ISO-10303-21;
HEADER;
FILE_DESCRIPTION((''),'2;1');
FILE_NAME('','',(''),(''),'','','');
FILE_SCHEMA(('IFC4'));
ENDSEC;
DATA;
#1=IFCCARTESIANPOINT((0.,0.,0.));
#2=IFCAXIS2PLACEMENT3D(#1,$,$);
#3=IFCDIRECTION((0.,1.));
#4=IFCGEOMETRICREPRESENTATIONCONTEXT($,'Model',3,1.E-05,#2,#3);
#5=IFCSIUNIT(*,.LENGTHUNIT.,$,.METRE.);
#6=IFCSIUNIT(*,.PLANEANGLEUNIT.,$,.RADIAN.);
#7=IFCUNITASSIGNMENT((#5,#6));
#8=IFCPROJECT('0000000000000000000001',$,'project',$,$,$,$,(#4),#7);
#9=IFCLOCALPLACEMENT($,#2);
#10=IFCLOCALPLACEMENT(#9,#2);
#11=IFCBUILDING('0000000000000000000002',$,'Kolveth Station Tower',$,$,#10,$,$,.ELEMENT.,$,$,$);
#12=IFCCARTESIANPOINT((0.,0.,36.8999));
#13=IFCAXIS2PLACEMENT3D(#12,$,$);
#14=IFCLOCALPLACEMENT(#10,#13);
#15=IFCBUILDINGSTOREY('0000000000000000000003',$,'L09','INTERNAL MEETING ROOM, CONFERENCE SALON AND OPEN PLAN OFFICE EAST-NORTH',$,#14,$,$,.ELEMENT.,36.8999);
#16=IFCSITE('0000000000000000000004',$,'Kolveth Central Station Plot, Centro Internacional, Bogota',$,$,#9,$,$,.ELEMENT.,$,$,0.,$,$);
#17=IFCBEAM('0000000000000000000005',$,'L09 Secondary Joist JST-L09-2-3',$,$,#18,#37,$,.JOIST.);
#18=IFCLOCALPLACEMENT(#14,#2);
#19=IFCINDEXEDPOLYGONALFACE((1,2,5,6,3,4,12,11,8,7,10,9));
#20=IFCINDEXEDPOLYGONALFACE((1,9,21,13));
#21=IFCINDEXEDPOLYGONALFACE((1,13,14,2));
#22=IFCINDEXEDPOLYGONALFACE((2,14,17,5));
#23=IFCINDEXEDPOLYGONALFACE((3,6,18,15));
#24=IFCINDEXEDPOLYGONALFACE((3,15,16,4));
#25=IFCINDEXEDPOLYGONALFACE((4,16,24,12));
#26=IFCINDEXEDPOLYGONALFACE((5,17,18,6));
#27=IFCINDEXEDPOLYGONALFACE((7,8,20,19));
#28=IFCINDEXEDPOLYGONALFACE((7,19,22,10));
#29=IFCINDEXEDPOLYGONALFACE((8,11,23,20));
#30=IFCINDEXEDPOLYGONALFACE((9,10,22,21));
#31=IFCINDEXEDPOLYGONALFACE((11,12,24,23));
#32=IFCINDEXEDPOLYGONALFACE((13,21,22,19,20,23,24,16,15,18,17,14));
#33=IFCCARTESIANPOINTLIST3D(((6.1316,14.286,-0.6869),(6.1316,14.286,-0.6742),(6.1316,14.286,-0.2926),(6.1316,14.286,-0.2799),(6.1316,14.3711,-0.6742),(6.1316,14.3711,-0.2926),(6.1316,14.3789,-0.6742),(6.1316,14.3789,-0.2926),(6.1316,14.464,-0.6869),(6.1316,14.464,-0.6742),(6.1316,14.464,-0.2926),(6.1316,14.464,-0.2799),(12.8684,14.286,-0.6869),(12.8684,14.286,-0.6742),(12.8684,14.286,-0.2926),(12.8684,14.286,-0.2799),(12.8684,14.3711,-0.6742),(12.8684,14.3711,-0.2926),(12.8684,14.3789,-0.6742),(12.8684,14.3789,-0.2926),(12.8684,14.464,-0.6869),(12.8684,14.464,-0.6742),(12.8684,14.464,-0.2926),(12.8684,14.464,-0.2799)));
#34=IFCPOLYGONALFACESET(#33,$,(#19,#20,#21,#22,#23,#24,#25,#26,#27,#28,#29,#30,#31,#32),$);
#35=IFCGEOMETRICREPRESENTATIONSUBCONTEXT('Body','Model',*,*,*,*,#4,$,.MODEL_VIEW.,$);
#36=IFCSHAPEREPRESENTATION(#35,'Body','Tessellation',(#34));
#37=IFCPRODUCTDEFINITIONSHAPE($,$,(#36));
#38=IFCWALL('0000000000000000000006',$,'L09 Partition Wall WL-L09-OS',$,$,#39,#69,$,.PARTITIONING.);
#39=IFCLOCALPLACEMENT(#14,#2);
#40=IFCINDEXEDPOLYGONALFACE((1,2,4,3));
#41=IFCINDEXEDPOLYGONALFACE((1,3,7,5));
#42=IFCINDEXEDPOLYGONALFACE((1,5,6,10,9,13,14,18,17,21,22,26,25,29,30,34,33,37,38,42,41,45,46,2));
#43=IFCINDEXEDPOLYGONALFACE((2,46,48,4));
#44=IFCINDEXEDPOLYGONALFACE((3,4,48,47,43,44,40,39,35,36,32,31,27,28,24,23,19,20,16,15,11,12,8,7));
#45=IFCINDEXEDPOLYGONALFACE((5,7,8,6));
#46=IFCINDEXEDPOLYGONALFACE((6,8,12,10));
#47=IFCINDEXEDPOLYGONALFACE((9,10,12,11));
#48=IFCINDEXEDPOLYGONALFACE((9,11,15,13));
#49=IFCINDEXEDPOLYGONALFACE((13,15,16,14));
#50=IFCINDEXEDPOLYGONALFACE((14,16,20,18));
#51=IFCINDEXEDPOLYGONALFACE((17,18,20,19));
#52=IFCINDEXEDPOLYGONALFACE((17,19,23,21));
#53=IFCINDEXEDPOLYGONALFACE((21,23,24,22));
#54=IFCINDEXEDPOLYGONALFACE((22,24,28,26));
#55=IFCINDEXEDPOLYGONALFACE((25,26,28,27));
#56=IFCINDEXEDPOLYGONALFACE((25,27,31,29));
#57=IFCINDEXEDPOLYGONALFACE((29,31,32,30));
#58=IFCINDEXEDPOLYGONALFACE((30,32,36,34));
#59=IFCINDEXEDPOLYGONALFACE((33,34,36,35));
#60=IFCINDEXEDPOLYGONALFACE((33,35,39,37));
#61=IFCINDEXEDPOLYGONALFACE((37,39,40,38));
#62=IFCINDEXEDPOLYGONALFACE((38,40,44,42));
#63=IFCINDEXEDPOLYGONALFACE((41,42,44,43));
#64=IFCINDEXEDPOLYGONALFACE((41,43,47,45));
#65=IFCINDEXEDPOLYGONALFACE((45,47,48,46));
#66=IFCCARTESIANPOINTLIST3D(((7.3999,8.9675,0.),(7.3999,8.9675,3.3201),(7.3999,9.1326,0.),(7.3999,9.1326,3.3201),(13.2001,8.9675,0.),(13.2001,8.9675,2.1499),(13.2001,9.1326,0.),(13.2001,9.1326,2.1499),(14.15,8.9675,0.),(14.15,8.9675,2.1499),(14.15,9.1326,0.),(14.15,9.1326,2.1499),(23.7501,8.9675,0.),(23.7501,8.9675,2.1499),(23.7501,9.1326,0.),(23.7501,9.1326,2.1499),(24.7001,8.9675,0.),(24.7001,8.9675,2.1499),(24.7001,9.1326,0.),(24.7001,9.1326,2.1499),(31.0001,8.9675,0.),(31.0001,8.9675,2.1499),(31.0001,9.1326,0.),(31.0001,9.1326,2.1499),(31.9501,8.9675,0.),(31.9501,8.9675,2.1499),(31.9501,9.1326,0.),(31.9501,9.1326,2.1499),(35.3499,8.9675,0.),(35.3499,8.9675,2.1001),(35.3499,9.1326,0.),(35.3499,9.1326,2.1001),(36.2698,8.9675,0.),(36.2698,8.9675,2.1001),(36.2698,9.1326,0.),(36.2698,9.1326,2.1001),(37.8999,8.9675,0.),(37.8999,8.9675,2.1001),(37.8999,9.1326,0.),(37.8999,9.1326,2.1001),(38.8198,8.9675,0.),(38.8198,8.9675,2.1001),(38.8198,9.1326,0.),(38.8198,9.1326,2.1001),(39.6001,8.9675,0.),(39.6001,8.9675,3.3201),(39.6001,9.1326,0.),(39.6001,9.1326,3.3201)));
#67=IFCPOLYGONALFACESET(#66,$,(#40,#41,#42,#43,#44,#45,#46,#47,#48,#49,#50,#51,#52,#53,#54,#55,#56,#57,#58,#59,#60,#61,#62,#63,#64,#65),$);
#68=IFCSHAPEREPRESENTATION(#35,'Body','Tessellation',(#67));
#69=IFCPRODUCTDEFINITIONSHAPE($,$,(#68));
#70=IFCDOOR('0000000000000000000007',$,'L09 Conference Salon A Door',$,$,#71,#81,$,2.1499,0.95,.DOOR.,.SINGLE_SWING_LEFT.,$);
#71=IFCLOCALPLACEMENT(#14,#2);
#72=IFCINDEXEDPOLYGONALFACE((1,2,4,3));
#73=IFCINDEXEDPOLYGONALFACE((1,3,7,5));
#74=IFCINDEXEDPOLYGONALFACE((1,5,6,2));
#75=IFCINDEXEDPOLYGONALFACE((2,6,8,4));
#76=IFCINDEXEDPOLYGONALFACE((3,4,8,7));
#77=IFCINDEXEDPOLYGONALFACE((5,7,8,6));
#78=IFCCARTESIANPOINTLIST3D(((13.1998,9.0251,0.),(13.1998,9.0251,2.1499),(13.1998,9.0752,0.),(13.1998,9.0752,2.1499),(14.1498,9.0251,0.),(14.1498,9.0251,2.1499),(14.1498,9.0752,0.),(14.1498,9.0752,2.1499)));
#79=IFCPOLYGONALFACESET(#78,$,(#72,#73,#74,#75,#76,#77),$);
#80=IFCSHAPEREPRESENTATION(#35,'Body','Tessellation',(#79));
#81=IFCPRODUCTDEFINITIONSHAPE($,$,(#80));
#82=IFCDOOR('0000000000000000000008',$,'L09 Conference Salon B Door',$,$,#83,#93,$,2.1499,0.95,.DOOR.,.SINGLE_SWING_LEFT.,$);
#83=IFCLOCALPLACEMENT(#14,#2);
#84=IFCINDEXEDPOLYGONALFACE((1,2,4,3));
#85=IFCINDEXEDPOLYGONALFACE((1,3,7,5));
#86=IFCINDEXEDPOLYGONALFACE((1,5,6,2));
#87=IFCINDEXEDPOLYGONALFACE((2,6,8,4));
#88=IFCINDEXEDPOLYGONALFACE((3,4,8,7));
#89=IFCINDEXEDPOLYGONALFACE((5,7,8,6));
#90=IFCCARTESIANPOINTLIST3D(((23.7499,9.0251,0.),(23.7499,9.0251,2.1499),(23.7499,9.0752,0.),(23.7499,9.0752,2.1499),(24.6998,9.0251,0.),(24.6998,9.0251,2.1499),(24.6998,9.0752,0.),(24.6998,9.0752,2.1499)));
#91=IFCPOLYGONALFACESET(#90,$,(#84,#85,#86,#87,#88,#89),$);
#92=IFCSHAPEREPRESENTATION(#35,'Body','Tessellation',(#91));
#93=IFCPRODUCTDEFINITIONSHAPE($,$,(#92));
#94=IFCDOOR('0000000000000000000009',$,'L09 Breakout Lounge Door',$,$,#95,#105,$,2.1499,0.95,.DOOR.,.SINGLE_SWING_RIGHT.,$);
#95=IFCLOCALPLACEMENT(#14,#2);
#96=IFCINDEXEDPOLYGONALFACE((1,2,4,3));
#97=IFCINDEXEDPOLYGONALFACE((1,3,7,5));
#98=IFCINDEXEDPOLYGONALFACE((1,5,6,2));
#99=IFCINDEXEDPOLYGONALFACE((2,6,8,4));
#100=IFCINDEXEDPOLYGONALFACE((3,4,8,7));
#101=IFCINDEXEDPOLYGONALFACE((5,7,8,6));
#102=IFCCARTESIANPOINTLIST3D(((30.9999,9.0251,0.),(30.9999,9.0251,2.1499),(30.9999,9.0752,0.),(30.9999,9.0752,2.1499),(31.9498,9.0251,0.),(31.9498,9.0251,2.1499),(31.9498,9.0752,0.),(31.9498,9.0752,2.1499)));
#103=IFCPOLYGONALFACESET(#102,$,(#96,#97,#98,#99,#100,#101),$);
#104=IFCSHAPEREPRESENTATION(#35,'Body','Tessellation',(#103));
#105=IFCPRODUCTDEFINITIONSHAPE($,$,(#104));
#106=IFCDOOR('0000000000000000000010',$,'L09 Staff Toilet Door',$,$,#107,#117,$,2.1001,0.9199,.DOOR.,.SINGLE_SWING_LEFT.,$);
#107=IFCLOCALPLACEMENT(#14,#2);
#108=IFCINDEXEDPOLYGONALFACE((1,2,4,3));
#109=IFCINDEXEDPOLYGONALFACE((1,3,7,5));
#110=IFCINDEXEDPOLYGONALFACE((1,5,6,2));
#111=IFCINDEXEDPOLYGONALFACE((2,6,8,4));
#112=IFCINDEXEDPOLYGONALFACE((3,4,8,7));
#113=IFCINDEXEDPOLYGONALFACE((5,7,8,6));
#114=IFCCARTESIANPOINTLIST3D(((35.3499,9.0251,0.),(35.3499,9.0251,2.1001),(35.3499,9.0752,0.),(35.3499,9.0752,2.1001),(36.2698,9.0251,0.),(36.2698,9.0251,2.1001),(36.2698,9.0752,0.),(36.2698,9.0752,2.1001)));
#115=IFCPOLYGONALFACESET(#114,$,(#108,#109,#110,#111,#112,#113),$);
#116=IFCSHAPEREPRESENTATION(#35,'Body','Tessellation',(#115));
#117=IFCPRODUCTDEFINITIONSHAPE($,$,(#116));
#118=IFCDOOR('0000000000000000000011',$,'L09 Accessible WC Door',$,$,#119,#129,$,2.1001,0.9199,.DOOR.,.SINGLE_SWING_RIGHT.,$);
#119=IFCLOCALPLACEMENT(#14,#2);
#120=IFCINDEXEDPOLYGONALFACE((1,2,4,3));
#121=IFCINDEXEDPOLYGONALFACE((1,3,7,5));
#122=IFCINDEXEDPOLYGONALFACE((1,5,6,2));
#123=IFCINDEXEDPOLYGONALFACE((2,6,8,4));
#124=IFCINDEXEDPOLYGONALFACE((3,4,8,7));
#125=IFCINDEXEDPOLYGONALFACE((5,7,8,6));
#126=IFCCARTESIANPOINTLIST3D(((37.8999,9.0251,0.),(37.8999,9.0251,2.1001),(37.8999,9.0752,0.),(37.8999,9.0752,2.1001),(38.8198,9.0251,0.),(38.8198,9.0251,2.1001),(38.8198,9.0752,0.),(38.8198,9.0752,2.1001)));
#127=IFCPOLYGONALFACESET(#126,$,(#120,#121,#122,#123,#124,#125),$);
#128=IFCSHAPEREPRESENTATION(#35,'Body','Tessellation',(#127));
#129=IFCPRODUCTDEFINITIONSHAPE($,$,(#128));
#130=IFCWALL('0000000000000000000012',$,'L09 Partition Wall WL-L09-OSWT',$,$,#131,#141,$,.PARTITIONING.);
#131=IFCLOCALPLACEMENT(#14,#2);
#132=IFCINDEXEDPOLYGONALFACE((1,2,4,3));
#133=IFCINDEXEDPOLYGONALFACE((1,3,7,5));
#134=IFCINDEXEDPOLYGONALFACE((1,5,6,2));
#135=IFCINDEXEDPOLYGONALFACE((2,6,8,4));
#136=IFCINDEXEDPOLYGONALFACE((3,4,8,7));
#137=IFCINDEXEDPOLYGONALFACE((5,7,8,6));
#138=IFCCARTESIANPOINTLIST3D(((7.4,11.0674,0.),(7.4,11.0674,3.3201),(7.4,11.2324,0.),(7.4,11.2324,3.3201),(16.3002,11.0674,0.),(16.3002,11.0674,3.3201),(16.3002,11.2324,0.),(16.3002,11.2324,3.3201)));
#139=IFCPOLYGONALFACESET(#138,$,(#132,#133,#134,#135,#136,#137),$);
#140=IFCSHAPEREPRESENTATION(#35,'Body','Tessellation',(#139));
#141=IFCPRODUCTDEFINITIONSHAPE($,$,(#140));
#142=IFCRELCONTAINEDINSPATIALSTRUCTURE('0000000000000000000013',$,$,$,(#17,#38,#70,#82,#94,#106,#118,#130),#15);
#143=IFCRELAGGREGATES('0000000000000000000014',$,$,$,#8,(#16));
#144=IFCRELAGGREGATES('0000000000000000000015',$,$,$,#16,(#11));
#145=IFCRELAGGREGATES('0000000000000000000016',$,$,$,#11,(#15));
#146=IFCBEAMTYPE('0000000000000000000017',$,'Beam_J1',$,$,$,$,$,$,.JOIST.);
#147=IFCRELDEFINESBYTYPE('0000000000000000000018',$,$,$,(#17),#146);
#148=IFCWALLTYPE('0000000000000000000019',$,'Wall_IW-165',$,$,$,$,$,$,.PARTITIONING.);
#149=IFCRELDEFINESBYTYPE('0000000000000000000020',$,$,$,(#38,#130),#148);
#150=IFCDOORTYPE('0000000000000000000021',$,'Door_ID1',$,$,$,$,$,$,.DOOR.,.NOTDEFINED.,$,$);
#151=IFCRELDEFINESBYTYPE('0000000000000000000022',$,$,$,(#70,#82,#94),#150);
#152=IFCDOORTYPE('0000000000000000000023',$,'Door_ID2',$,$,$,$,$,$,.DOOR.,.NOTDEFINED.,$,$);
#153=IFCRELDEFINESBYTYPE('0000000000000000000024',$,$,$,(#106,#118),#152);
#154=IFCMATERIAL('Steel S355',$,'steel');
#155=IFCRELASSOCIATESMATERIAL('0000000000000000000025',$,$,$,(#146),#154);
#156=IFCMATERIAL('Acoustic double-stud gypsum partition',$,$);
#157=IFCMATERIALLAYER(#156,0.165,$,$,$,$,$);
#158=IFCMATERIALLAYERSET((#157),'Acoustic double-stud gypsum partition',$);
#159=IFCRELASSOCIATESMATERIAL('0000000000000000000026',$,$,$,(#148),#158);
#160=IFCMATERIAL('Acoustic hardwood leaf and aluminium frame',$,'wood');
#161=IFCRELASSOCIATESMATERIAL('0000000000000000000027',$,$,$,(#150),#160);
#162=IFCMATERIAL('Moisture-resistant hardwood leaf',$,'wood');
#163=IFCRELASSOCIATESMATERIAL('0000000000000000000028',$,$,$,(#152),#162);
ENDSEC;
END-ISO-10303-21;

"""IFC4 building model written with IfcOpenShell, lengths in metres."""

from ifc_helpers import new_model, si_unit, direction, frame, frame_2d, origin, origin_2d, place, context, subcontext, project, spatial, rectangle, i_section, extrude, source, transform, mapped, material, layer, layer_set, material_profile, profile_set, type_object, element, fill, save


model = new_model("IFC4")

# Units and contexts
model_context = context("Model", 3, precision=1e-05, world=origin(), true_north=direction((0.0, 1.0)))
body_context = subcontext(model_context, "Body", "Model", "MODEL_VIEW")
ifc_project = project(units=[si_unit("LENGTHUNIT", "METRE"), si_unit("PLANEANGLEUNIT", "RADIAN")], contexts=[model_context])

# Site, building, storey
site_placement = place(None, origin())
site = spatial("IfcSite", under=ifc_project, at=site_placement, Name="Kolveth Central Station Plot, Centro Internacional, Bogota", CompositionType="ELEMENT", RefElevation=0.0)
building_placement = place(site_placement, origin())
building = spatial("IfcBuilding", under=site, at=building_placement, Name="Kolveth Station Tower", CompositionType="ELEMENT")
storey_placement = place(building_placement, frame((0.0, 0.0, 36.8999)))
storey = spatial("IfcBuildingStorey", under=building, at=storey_placement, Name="L09", Description="INTERNAL MEETING ROOM, CONFERENCE SALON AND OPEN PLAN OFFICE EAST-NORTH", CompositionType="ELEMENT", Elevation=36.8999)

# Beam
ifc_material_1 = material(Name="Steel S355", Category="steel")
ifc_material_profile_1 = material_profile(ifc_material_1, i_section(OverallWidth=0.178, OverallDepth=0.407, WebThickness=0.0078, FlangeThickness=0.0127, at=origin_2d()), Name="W410x60")
ifc_profile_set_1 = profile_set([ifc_material_profile_1], Name="Steel S355")
beam_type_1 = type_object("IfcBeamType", Name="Beam_J1", PredefinedType="JOIST", material=ifc_profile_set_1)
shared_shape_1 = source(origin(), body_context, "Body", "SweptSolid", [
    extrude(i_section(OverallWidth=0.178, OverallDepth=0.407, WebThickness=0.0078, FlangeThickness=0.0127, at=origin_2d()), origin(), (0.0, 0.0, 1.0), 6.7368),
])
beam_placement = place(storey_placement, frame((6.1316, 14.375, -0.4834), z_axis=(1.0, 0.0, 0.0), x_axis=(0.0, 1.0, 0.0)))
element("IfcBeam", 1, at=beam_placement, inside=storey, type_object=beam_type_1, Name="L09 Secondary Joist JST-L09-2-3", PredefinedType="JOIST", context=body_context, shape_type="MappedRepresentation", body=[
    mapped(shared_shape_1, transform((0.0, 0.0, 0.0), x_axis=(1.0, 0.0, 0.0), y_axis=(0.0, 1.0, 0.0), z_axis=(0.0, 0.0, 1.0), scale=1.0)),
])

# Wall, openings, doors
ifc_material_2 = material(Name="Acoustic double-stud gypsum partition")
ifc_layer = layer(ifc_material_2, 0.165)
ifc_layer_set = layer_set([ifc_layer], Name="Acoustic double-stud gypsum partition")
wall_type = type_object("IfcWallType", Name="Wall_IW-165", PredefinedType="PARTITIONING", material=ifc_layer_set)
wall_1_placement = place(storey_placement, frame((7.3999, 9.05, 0.0), z_axis=(0.0, 0.0, 1.0), x_axis=(1.0, 0.0, 0.0)))
wall_1 = element("IfcWall", 2, at=wall_1_placement, inside=storey, type_object=wall_type, Name="L09 Partition Wall WL-L09-OS", PredefinedType="PARTITIONING", context=body_context, shape_type="SweptSolid", body=[
    extrude(rectangle(XDim=32.2002, YDim=0.165, at=frame_2d((16.1001, 0.0))), origin(), (0.0, 0.0, 1.0), 3.3201),
])
opening_1_placement = place(wall_1_placement, frame((5.8, 0.0, 0.0)))
opening_1 = element("IfcOpeningElement", 3, at=opening_1_placement, cuts=wall_1, PredefinedType="OPENING", context=body_context, shape_type="SweptSolid", body=[
    extrude(rectangle(XDim=0.95, YDim=2.1499, at=frame_2d((0.4751, 1.075))), frame((0.0, 0.0925, 0.0), z_axis=(0.0, -1.0, 0.0), x_axis=(1.0, 0.0, 0.0)), (0.0, 0.0, 1.0), 0.1851),
])
opening_2_placement = place(wall_1_placement, frame((16.3501, 0.0, 0.0)))
opening_2 = element("IfcOpeningElement", 4, at=opening_2_placement, cuts=wall_1, PredefinedType="OPENING", context=body_context, shape_type="SweptSolid", body=[
    extrude(rectangle(XDim=0.95, YDim=2.1499, at=frame_2d((0.4751, 1.075))), frame((0.0, 0.0925, 0.0), z_axis=(0.0, -1.0, 0.0), x_axis=(1.0, 0.0, 0.0)), (0.0, 0.0, 1.0), 0.1851),
])
opening_3_placement = place(wall_1_placement, frame((23.6001, 0.0, 0.0)))
opening_3 = element("IfcOpeningElement", 5, at=opening_3_placement, cuts=wall_1, PredefinedType="OPENING", context=body_context, shape_type="SweptSolid", body=[
    extrude(rectangle(XDim=0.95, YDim=2.1499, at=frame_2d((0.4751, 1.075))), frame((0.0, 0.0925, 0.0), z_axis=(0.0, -1.0, 0.0), x_axis=(1.0, 0.0, 0.0)), (0.0, 0.0, 1.0), 0.1851),
])
opening_4_placement = place(wall_1_placement, frame((27.95, 0.0, 0.0)))
opening_4 = element("IfcOpeningElement", 6, at=opening_4_placement, cuts=wall_1, PredefinedType="OPENING", context=body_context, shape_type="SweptSolid", body=[
    extrude(rectangle(XDim=0.9199, YDim=2.1001, at=frame_2d((0.46, 1.05))), frame((0.0, 0.0925, 0.0), z_axis=(0.0, -1.0, 0.0), x_axis=(1.0, 0.0, 0.0)), (0.0, 0.0, 1.0), 0.1851),
])
opening_5_placement = place(wall_1_placement, frame((30.5, 0.0, 0.0)))
opening_5 = element("IfcOpeningElement", 7, at=opening_5_placement, cuts=wall_1, PredefinedType="OPENING", context=body_context, shape_type="SweptSolid", body=[
    extrude(rectangle(XDim=0.9199, YDim=2.1001, at=frame_2d((0.46, 1.05))), frame((0.0, 0.0925, 0.0), z_axis=(0.0, -1.0, 0.0), x_axis=(1.0, 0.0, 0.0)), (0.0, 0.0, 1.0), 0.1851),
])
ifc_material_3 = material(Name="Acoustic hardwood leaf and aluminium frame", Category="wood")
door_type_1 = type_object("IfcDoorType", Name="Door_ID1", OperationType="NOTDEFINED", PredefinedType="DOOR", material=ifc_material_3)
door_1_placement = place(opening_1_placement, frame((0.95, 0.0, 0.0), z_axis=(0.0, 0.0, 1.0), x_axis=(-1.0, 0.0, 0.0)))
door_1 = element("IfcDoor", 8, at=door_1_placement, inside=storey, type_object=door_type_1, Name="L09 Conference Salon A Door", OperationType="SINGLE_SWING_LEFT", OverallHeight=2.1499, OverallWidth=0.95, PredefinedType="DOOR", context=body_context, shape_type="SweptSolid", body=[
    extrude(rectangle(XDim=0.95, YDim=2.1499, at=frame_2d((0.4751, 1.075))), frame((0.0, 0.0249, 0.0), z_axis=(0.0, -1.0, 0.0), x_axis=(1.0, 0.0, 0.0)), (0.0, 0.0, 1.0), 0.05),
])
fill(opening_1, door_1)
door_2_placement = place(opening_2_placement, frame((0.95, 0.0, 0.0), z_axis=(0.0, 0.0, 1.0), x_axis=(-1.0, 0.0, 0.0)))
door_2 = element("IfcDoor", 9, at=door_2_placement, inside=storey, type_object=door_type_1, Name="L09 Conference Salon B Door", OperationType="SINGLE_SWING_LEFT", OverallHeight=2.1499, OverallWidth=0.95, PredefinedType="DOOR", context=body_context, shape_type="SweptSolid", body=[
    extrude(rectangle(XDim=0.95, YDim=2.1499, at=frame_2d((0.4751, 1.075))), frame((0.0, 0.0249, 0.0), z_axis=(0.0, -1.0, 0.0), x_axis=(1.0, 0.0, 0.0)), (0.0, 0.0, 1.0), 0.05),
])
fill(opening_2, door_2)
door_3_placement = place(opening_3_placement, frame((0.95, 0.0, 0.0), z_axis=(0.0, 0.0, 1.0), x_axis=(-1.0, 0.0, 0.0)))
door_3 = element("IfcDoor", 10, at=door_3_placement, inside=storey, type_object=door_type_1, Name="L09 Breakout Lounge Door", OperationType="SINGLE_SWING_RIGHT", OverallHeight=2.1499, OverallWidth=0.95, PredefinedType="DOOR", context=body_context, shape_type="SweptSolid", body=[
    extrude(rectangle(XDim=0.95, YDim=2.1499, at=frame_2d((0.4751, 1.075))), frame((0.0, 0.0249, 0.0), z_axis=(0.0, -1.0, 0.0), x_axis=(1.0, 0.0, 0.0)), (0.0, 0.0, 1.0), 0.05),
])
fill(opening_3, door_3)
ifc_material_4 = material(Name="Moisture-resistant hardwood leaf", Category="wood")
door_type_2 = type_object("IfcDoorType", Name="Door_ID2", OperationType="NOTDEFINED", PredefinedType="DOOR", material=ifc_material_4)
door_4_placement = place(opening_4_placement, frame((0.9199, 0.0, 0.0), z_axis=(0.0, 0.0, 1.0), x_axis=(-1.0, 0.0, 0.0)))
door_4 = element("IfcDoor", 11, at=door_4_placement, inside=storey, type_object=door_type_2, Name="L09 Staff Toilet Door", OperationType="SINGLE_SWING_LEFT", OverallHeight=2.1001, OverallWidth=0.9199, PredefinedType="DOOR", context=body_context, shape_type="SweptSolid", body=[
    extrude(rectangle(XDim=0.9199, YDim=2.1001, at=frame_2d((0.46, 1.05))), frame((0.0, 0.0249, 0.0), z_axis=(0.0, -1.0, 0.0), x_axis=(1.0, 0.0, 0.0)), (0.0, 0.0, 1.0), 0.05),
])
fill(opening_4, door_4)
door_5_placement = place(opening_5_placement, frame((0.9199, 0.0, 0.0), z_axis=(0.0, 0.0, 1.0), x_axis=(-1.0, 0.0, 0.0)))
door_5 = element("IfcDoor", 12, at=door_5_placement, inside=storey, type_object=door_type_2, Name="L09 Accessible WC Door", OperationType="SINGLE_SWING_RIGHT", OverallHeight=2.1001, OverallWidth=0.9199, PredefinedType="DOOR", context=body_context, shape_type="SweptSolid", body=[
    extrude(rectangle(XDim=0.9199, YDim=2.1001, at=frame_2d((0.46, 1.05))), frame((0.0, 0.0249, 0.0), z_axis=(0.0, -1.0, 0.0), x_axis=(1.0, 0.0, 0.0)), (0.0, 0.0, 1.0), 0.05),
])
fill(opening_5, door_5)

# Wall
wall_2_placement = place(storey_placement, frame((7.3999, 11.1499, 0.0), z_axis=(0.0, 0.0, 1.0), x_axis=(1.0, 0.0, 0.0)))
element("IfcWall", 13, at=wall_2_placement, inside=storey, type_object=wall_type, Name="L09 Partition Wall WL-L09-OSWT", PredefinedType="PARTITIONING", context=body_context, shape_type="SweptSolid", body=[
    extrude(rectangle(XDim=8.9001, YDim=0.165, at=frame_2d((4.4502, 0.0))), origin(), (0.0, 0.0, 1.0), 3.3201),
])

save(model, "model.ifc")
